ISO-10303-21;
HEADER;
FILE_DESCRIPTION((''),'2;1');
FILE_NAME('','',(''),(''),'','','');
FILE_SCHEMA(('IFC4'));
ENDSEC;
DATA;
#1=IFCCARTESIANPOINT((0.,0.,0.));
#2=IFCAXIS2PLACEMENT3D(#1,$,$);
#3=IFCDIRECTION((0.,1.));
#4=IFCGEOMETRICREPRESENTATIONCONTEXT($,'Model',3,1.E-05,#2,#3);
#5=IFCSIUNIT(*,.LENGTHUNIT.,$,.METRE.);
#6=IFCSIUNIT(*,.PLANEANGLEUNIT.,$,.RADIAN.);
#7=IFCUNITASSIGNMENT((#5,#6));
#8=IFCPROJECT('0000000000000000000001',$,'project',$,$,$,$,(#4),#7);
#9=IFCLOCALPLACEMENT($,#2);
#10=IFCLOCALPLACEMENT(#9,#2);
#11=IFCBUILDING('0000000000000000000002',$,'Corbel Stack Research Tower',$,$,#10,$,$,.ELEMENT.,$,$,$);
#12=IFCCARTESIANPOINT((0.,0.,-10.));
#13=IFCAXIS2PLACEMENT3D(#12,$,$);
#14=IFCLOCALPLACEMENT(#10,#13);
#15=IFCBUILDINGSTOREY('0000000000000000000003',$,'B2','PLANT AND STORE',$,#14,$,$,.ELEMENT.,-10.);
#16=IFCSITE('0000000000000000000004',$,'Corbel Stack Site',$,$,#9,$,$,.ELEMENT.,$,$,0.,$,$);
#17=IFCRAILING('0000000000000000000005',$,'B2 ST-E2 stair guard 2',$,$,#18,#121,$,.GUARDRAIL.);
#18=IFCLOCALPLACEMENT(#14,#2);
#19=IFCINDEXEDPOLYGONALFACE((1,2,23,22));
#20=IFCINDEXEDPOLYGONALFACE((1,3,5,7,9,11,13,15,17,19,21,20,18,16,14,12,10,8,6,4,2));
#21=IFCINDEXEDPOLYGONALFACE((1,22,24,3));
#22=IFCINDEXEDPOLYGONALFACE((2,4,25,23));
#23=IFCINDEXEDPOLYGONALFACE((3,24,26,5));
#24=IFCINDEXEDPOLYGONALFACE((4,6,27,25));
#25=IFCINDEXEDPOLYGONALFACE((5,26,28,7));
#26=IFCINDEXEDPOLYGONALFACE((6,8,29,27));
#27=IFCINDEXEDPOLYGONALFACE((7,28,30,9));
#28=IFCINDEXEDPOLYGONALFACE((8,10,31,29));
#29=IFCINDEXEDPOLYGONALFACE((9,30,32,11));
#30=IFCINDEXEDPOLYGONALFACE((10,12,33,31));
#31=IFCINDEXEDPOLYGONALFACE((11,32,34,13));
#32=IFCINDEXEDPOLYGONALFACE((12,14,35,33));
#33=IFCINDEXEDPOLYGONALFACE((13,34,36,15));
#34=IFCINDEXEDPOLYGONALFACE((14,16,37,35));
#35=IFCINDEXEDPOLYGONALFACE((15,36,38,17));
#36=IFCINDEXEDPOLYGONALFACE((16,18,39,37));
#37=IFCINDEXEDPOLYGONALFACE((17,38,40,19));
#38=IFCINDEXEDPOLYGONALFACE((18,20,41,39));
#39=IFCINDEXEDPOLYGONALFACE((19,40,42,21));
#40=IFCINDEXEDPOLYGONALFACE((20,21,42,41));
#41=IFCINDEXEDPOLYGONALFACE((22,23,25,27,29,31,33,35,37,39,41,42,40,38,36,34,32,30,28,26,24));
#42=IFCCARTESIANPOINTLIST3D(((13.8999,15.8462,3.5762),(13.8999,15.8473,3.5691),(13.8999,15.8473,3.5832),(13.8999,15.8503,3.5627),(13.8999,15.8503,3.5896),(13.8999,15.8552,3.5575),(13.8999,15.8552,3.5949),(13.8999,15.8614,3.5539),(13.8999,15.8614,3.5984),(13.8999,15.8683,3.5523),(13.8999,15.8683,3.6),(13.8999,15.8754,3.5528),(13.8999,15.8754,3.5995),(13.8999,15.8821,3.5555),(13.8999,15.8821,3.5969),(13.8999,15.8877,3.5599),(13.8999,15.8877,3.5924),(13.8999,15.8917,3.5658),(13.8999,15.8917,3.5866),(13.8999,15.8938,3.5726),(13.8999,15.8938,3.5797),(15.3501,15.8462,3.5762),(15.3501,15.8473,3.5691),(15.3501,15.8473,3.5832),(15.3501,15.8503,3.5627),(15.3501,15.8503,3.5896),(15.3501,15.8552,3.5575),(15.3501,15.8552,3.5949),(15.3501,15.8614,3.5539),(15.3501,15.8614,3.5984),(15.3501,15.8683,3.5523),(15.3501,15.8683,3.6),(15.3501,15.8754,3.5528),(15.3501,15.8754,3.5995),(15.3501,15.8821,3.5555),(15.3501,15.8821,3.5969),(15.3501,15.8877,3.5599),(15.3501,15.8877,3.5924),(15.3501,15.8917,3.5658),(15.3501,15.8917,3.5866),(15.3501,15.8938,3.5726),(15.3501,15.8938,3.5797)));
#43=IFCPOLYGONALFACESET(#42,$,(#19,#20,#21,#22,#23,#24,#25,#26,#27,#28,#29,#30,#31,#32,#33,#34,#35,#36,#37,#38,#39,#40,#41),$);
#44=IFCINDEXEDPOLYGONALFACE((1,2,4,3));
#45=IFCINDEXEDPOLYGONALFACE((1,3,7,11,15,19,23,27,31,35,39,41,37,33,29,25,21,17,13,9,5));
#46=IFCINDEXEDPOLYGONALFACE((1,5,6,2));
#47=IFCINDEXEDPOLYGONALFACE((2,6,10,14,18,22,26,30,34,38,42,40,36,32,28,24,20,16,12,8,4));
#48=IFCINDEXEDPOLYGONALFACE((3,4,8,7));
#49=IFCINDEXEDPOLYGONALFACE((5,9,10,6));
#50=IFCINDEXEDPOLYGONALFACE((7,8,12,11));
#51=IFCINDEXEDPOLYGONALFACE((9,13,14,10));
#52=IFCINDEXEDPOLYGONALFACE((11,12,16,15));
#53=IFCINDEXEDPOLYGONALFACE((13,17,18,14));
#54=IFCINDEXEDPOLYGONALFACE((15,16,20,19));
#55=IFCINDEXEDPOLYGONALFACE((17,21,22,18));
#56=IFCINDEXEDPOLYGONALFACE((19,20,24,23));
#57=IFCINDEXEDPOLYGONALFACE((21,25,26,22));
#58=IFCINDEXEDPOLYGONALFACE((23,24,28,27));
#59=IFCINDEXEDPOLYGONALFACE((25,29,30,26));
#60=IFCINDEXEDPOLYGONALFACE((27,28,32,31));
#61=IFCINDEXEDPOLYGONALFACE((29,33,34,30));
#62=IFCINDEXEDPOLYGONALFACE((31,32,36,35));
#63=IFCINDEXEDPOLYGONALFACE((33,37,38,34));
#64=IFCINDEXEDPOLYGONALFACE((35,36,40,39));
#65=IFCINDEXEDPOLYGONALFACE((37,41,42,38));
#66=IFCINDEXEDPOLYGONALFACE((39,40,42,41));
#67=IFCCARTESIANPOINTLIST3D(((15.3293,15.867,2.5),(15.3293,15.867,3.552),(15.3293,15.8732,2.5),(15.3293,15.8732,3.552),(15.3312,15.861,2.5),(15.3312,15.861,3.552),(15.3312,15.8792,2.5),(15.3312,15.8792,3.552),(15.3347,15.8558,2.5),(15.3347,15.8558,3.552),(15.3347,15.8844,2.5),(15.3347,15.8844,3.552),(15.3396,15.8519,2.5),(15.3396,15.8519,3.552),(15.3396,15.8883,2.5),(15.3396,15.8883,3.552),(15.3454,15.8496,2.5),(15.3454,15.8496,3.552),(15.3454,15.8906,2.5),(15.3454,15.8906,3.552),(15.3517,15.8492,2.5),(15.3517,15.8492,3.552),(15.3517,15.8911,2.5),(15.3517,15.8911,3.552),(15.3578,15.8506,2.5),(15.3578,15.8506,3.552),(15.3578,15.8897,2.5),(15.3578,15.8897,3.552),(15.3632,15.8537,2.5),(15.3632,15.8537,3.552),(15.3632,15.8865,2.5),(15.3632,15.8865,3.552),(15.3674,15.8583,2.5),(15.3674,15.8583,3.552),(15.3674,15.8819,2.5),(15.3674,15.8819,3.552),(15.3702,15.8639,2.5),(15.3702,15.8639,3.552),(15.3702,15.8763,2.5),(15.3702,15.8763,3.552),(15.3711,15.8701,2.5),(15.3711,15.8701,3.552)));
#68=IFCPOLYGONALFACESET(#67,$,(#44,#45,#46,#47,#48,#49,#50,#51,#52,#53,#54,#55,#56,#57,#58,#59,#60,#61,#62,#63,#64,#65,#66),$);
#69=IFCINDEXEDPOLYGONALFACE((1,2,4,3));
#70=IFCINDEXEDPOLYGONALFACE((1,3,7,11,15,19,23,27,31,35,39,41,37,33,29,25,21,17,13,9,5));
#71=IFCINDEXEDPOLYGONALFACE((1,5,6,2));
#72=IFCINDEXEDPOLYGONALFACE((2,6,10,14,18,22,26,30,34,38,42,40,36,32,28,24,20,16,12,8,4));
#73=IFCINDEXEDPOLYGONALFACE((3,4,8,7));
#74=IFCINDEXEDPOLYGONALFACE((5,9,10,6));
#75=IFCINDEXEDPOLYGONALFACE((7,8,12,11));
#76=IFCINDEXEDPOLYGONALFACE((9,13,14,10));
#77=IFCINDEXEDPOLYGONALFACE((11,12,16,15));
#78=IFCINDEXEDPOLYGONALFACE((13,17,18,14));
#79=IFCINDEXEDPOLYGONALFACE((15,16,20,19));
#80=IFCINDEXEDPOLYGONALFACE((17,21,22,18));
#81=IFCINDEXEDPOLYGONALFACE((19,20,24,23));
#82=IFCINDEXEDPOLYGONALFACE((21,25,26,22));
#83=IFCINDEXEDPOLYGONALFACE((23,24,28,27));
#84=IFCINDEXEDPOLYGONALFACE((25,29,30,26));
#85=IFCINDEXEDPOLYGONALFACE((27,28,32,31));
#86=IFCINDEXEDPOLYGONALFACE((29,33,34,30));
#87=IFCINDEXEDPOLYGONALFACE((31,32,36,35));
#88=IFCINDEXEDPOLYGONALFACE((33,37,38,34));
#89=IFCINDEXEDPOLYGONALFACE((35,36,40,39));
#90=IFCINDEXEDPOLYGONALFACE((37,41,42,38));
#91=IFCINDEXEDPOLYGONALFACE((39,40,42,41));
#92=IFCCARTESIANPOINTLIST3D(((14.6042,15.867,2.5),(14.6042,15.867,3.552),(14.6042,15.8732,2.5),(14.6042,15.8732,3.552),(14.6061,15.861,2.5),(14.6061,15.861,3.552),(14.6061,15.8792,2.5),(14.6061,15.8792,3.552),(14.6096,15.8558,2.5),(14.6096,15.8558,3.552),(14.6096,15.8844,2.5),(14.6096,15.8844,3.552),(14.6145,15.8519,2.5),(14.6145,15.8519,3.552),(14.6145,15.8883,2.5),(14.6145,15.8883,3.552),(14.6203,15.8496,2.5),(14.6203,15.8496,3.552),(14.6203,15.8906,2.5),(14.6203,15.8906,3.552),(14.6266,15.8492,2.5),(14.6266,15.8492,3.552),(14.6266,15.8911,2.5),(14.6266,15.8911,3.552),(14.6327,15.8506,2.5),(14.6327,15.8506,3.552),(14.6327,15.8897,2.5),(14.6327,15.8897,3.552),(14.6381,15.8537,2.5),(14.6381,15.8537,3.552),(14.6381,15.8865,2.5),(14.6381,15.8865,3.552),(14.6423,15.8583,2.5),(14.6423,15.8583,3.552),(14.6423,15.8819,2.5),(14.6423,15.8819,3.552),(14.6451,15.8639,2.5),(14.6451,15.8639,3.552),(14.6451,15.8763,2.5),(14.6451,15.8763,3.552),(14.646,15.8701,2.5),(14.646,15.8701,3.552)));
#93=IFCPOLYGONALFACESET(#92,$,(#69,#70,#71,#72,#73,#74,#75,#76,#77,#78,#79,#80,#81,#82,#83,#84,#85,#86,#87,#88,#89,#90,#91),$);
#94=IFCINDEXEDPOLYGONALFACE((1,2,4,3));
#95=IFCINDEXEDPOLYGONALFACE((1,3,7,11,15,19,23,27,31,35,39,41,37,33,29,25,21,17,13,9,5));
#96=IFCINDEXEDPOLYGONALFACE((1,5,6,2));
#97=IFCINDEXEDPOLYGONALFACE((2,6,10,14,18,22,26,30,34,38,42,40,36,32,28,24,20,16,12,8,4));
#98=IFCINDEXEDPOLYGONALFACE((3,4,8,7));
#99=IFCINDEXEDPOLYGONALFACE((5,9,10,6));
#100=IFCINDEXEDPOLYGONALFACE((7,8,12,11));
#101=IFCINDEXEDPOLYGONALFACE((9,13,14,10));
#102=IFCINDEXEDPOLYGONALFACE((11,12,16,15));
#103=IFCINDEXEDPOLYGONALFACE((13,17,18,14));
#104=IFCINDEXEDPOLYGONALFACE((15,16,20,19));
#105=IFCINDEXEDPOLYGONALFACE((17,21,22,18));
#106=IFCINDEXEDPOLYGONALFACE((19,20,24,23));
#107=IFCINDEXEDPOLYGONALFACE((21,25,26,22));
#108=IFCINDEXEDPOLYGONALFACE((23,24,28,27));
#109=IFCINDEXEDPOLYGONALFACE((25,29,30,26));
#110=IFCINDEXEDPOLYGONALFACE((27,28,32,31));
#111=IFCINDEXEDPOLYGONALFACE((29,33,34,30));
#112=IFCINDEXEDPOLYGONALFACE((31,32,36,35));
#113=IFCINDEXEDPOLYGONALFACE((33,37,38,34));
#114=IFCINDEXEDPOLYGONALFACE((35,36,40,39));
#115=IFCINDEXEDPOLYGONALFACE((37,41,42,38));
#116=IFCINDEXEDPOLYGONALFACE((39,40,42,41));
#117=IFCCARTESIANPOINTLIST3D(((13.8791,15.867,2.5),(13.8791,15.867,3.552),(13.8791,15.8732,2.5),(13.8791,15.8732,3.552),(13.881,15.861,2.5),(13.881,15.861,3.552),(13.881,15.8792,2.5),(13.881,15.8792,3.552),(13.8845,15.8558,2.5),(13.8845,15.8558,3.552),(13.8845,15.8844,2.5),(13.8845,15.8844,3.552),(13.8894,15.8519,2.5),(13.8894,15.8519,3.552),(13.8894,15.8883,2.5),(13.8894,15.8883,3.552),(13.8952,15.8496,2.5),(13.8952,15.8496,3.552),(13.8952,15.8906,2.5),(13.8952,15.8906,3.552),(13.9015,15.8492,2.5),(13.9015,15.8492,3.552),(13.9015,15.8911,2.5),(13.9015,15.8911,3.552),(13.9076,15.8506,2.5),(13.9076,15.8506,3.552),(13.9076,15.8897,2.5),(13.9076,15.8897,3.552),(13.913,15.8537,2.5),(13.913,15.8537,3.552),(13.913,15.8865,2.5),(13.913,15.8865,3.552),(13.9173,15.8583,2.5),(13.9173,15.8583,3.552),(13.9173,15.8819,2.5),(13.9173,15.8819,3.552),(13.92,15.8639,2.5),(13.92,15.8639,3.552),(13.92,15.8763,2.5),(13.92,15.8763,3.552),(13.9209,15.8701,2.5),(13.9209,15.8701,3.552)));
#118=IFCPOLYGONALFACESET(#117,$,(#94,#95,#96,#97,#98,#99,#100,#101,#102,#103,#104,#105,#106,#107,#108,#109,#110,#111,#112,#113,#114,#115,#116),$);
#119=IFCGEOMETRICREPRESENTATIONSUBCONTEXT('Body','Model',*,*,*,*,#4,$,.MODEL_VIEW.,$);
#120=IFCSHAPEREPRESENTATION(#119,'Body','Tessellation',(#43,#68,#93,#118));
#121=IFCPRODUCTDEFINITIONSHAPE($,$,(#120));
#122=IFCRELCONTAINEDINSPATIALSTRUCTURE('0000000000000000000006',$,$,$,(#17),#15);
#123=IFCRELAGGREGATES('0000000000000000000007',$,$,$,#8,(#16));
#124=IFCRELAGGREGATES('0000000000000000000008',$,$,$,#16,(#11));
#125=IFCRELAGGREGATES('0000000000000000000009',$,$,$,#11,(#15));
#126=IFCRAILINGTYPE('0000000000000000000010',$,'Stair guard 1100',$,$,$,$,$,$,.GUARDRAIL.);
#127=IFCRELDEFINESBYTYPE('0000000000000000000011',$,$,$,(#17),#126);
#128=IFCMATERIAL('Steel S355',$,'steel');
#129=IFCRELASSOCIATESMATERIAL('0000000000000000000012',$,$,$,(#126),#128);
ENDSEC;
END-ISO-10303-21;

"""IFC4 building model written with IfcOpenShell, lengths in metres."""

from ifc_helpers import new_model, si_unit, direction, frame, origin, origin_2d, place, context, subcontext, project, spatial, circle, extrude, material, type_object, element, save


model = new_model("IFC4")

# Units and contexts
model_context = context("Model", 3, precision=1e-05, world=origin(), true_north=direction((0.0, 1.0)))
body_context = subcontext(model_context, "Body", "Model", "MODEL_VIEW")
ifc_project = project(units=[si_unit("LENGTHUNIT", "METRE"), si_unit("PLANEANGLEUNIT", "RADIAN")], contexts=[model_context])

# Site, building, storey
site_placement = place(None, origin())
site = spatial("IfcSite", under=ifc_project, at=site_placement, Name="Corbel Stack Site", CompositionType="ELEMENT", RefElevation=0.0)
building_placement = place(site_placement, origin())
building = spatial("IfcBuilding", under=site, at=building_placement, Name="Corbel Stack Research Tower", CompositionType="ELEMENT")
storey_placement = place(building_placement, frame((0.0, 0.0, -10.0)))
storey = spatial("IfcBuildingStorey", under=building, at=storey_placement, Name="B2", Description="PLANT AND STORE", CompositionType="ELEMENT", Elevation=-10.0)

# Railing
ifc_material_1 = material(Name="Steel S355", Category="steel")
railing_type_1 = type_object("IfcRailingType", Name="Stair guard 1100", PredefinedType="GUARDRAIL", material=ifc_material_1)
railing_1_placement = place(storey_placement, frame((15.3501, 15.8701, 2.5)))
element("IfcRailing", 1, at=railing_1_placement, inside=storey, type_object=railing_type_1, Name="B2 ST-E2 stair guard 2", PredefinedType="GUARDRAIL", context=body_context, shape_type="SweptSolid", body=[
    extrude(circle(Radius=0.0239, at=origin_2d()), frame((0.0, 0.0, 1.0762), z_axis=(-1.0, 0.0, 0.0), x_axis=(0.0, -1.0, 0.0)), (0.0, 0.0, 1.0), 1.4502),
    extrude(circle(Radius=0.021, at=origin_2d()), origin(), (0.0, 0.0, 1.0), 1.052),
    extrude(circle(Radius=0.021, at=origin_2d()), frame((-0.7251, 0.0, 0.0)), (0.0, 0.0, 1.0), 1.052),
    extrude(circle(Radius=0.021, at=origin_2d()), frame((-1.4502, 0.0, 0.0)), (0.0, 0.0, 1.0), 1.052),
])

save(model, "model.ifc")
